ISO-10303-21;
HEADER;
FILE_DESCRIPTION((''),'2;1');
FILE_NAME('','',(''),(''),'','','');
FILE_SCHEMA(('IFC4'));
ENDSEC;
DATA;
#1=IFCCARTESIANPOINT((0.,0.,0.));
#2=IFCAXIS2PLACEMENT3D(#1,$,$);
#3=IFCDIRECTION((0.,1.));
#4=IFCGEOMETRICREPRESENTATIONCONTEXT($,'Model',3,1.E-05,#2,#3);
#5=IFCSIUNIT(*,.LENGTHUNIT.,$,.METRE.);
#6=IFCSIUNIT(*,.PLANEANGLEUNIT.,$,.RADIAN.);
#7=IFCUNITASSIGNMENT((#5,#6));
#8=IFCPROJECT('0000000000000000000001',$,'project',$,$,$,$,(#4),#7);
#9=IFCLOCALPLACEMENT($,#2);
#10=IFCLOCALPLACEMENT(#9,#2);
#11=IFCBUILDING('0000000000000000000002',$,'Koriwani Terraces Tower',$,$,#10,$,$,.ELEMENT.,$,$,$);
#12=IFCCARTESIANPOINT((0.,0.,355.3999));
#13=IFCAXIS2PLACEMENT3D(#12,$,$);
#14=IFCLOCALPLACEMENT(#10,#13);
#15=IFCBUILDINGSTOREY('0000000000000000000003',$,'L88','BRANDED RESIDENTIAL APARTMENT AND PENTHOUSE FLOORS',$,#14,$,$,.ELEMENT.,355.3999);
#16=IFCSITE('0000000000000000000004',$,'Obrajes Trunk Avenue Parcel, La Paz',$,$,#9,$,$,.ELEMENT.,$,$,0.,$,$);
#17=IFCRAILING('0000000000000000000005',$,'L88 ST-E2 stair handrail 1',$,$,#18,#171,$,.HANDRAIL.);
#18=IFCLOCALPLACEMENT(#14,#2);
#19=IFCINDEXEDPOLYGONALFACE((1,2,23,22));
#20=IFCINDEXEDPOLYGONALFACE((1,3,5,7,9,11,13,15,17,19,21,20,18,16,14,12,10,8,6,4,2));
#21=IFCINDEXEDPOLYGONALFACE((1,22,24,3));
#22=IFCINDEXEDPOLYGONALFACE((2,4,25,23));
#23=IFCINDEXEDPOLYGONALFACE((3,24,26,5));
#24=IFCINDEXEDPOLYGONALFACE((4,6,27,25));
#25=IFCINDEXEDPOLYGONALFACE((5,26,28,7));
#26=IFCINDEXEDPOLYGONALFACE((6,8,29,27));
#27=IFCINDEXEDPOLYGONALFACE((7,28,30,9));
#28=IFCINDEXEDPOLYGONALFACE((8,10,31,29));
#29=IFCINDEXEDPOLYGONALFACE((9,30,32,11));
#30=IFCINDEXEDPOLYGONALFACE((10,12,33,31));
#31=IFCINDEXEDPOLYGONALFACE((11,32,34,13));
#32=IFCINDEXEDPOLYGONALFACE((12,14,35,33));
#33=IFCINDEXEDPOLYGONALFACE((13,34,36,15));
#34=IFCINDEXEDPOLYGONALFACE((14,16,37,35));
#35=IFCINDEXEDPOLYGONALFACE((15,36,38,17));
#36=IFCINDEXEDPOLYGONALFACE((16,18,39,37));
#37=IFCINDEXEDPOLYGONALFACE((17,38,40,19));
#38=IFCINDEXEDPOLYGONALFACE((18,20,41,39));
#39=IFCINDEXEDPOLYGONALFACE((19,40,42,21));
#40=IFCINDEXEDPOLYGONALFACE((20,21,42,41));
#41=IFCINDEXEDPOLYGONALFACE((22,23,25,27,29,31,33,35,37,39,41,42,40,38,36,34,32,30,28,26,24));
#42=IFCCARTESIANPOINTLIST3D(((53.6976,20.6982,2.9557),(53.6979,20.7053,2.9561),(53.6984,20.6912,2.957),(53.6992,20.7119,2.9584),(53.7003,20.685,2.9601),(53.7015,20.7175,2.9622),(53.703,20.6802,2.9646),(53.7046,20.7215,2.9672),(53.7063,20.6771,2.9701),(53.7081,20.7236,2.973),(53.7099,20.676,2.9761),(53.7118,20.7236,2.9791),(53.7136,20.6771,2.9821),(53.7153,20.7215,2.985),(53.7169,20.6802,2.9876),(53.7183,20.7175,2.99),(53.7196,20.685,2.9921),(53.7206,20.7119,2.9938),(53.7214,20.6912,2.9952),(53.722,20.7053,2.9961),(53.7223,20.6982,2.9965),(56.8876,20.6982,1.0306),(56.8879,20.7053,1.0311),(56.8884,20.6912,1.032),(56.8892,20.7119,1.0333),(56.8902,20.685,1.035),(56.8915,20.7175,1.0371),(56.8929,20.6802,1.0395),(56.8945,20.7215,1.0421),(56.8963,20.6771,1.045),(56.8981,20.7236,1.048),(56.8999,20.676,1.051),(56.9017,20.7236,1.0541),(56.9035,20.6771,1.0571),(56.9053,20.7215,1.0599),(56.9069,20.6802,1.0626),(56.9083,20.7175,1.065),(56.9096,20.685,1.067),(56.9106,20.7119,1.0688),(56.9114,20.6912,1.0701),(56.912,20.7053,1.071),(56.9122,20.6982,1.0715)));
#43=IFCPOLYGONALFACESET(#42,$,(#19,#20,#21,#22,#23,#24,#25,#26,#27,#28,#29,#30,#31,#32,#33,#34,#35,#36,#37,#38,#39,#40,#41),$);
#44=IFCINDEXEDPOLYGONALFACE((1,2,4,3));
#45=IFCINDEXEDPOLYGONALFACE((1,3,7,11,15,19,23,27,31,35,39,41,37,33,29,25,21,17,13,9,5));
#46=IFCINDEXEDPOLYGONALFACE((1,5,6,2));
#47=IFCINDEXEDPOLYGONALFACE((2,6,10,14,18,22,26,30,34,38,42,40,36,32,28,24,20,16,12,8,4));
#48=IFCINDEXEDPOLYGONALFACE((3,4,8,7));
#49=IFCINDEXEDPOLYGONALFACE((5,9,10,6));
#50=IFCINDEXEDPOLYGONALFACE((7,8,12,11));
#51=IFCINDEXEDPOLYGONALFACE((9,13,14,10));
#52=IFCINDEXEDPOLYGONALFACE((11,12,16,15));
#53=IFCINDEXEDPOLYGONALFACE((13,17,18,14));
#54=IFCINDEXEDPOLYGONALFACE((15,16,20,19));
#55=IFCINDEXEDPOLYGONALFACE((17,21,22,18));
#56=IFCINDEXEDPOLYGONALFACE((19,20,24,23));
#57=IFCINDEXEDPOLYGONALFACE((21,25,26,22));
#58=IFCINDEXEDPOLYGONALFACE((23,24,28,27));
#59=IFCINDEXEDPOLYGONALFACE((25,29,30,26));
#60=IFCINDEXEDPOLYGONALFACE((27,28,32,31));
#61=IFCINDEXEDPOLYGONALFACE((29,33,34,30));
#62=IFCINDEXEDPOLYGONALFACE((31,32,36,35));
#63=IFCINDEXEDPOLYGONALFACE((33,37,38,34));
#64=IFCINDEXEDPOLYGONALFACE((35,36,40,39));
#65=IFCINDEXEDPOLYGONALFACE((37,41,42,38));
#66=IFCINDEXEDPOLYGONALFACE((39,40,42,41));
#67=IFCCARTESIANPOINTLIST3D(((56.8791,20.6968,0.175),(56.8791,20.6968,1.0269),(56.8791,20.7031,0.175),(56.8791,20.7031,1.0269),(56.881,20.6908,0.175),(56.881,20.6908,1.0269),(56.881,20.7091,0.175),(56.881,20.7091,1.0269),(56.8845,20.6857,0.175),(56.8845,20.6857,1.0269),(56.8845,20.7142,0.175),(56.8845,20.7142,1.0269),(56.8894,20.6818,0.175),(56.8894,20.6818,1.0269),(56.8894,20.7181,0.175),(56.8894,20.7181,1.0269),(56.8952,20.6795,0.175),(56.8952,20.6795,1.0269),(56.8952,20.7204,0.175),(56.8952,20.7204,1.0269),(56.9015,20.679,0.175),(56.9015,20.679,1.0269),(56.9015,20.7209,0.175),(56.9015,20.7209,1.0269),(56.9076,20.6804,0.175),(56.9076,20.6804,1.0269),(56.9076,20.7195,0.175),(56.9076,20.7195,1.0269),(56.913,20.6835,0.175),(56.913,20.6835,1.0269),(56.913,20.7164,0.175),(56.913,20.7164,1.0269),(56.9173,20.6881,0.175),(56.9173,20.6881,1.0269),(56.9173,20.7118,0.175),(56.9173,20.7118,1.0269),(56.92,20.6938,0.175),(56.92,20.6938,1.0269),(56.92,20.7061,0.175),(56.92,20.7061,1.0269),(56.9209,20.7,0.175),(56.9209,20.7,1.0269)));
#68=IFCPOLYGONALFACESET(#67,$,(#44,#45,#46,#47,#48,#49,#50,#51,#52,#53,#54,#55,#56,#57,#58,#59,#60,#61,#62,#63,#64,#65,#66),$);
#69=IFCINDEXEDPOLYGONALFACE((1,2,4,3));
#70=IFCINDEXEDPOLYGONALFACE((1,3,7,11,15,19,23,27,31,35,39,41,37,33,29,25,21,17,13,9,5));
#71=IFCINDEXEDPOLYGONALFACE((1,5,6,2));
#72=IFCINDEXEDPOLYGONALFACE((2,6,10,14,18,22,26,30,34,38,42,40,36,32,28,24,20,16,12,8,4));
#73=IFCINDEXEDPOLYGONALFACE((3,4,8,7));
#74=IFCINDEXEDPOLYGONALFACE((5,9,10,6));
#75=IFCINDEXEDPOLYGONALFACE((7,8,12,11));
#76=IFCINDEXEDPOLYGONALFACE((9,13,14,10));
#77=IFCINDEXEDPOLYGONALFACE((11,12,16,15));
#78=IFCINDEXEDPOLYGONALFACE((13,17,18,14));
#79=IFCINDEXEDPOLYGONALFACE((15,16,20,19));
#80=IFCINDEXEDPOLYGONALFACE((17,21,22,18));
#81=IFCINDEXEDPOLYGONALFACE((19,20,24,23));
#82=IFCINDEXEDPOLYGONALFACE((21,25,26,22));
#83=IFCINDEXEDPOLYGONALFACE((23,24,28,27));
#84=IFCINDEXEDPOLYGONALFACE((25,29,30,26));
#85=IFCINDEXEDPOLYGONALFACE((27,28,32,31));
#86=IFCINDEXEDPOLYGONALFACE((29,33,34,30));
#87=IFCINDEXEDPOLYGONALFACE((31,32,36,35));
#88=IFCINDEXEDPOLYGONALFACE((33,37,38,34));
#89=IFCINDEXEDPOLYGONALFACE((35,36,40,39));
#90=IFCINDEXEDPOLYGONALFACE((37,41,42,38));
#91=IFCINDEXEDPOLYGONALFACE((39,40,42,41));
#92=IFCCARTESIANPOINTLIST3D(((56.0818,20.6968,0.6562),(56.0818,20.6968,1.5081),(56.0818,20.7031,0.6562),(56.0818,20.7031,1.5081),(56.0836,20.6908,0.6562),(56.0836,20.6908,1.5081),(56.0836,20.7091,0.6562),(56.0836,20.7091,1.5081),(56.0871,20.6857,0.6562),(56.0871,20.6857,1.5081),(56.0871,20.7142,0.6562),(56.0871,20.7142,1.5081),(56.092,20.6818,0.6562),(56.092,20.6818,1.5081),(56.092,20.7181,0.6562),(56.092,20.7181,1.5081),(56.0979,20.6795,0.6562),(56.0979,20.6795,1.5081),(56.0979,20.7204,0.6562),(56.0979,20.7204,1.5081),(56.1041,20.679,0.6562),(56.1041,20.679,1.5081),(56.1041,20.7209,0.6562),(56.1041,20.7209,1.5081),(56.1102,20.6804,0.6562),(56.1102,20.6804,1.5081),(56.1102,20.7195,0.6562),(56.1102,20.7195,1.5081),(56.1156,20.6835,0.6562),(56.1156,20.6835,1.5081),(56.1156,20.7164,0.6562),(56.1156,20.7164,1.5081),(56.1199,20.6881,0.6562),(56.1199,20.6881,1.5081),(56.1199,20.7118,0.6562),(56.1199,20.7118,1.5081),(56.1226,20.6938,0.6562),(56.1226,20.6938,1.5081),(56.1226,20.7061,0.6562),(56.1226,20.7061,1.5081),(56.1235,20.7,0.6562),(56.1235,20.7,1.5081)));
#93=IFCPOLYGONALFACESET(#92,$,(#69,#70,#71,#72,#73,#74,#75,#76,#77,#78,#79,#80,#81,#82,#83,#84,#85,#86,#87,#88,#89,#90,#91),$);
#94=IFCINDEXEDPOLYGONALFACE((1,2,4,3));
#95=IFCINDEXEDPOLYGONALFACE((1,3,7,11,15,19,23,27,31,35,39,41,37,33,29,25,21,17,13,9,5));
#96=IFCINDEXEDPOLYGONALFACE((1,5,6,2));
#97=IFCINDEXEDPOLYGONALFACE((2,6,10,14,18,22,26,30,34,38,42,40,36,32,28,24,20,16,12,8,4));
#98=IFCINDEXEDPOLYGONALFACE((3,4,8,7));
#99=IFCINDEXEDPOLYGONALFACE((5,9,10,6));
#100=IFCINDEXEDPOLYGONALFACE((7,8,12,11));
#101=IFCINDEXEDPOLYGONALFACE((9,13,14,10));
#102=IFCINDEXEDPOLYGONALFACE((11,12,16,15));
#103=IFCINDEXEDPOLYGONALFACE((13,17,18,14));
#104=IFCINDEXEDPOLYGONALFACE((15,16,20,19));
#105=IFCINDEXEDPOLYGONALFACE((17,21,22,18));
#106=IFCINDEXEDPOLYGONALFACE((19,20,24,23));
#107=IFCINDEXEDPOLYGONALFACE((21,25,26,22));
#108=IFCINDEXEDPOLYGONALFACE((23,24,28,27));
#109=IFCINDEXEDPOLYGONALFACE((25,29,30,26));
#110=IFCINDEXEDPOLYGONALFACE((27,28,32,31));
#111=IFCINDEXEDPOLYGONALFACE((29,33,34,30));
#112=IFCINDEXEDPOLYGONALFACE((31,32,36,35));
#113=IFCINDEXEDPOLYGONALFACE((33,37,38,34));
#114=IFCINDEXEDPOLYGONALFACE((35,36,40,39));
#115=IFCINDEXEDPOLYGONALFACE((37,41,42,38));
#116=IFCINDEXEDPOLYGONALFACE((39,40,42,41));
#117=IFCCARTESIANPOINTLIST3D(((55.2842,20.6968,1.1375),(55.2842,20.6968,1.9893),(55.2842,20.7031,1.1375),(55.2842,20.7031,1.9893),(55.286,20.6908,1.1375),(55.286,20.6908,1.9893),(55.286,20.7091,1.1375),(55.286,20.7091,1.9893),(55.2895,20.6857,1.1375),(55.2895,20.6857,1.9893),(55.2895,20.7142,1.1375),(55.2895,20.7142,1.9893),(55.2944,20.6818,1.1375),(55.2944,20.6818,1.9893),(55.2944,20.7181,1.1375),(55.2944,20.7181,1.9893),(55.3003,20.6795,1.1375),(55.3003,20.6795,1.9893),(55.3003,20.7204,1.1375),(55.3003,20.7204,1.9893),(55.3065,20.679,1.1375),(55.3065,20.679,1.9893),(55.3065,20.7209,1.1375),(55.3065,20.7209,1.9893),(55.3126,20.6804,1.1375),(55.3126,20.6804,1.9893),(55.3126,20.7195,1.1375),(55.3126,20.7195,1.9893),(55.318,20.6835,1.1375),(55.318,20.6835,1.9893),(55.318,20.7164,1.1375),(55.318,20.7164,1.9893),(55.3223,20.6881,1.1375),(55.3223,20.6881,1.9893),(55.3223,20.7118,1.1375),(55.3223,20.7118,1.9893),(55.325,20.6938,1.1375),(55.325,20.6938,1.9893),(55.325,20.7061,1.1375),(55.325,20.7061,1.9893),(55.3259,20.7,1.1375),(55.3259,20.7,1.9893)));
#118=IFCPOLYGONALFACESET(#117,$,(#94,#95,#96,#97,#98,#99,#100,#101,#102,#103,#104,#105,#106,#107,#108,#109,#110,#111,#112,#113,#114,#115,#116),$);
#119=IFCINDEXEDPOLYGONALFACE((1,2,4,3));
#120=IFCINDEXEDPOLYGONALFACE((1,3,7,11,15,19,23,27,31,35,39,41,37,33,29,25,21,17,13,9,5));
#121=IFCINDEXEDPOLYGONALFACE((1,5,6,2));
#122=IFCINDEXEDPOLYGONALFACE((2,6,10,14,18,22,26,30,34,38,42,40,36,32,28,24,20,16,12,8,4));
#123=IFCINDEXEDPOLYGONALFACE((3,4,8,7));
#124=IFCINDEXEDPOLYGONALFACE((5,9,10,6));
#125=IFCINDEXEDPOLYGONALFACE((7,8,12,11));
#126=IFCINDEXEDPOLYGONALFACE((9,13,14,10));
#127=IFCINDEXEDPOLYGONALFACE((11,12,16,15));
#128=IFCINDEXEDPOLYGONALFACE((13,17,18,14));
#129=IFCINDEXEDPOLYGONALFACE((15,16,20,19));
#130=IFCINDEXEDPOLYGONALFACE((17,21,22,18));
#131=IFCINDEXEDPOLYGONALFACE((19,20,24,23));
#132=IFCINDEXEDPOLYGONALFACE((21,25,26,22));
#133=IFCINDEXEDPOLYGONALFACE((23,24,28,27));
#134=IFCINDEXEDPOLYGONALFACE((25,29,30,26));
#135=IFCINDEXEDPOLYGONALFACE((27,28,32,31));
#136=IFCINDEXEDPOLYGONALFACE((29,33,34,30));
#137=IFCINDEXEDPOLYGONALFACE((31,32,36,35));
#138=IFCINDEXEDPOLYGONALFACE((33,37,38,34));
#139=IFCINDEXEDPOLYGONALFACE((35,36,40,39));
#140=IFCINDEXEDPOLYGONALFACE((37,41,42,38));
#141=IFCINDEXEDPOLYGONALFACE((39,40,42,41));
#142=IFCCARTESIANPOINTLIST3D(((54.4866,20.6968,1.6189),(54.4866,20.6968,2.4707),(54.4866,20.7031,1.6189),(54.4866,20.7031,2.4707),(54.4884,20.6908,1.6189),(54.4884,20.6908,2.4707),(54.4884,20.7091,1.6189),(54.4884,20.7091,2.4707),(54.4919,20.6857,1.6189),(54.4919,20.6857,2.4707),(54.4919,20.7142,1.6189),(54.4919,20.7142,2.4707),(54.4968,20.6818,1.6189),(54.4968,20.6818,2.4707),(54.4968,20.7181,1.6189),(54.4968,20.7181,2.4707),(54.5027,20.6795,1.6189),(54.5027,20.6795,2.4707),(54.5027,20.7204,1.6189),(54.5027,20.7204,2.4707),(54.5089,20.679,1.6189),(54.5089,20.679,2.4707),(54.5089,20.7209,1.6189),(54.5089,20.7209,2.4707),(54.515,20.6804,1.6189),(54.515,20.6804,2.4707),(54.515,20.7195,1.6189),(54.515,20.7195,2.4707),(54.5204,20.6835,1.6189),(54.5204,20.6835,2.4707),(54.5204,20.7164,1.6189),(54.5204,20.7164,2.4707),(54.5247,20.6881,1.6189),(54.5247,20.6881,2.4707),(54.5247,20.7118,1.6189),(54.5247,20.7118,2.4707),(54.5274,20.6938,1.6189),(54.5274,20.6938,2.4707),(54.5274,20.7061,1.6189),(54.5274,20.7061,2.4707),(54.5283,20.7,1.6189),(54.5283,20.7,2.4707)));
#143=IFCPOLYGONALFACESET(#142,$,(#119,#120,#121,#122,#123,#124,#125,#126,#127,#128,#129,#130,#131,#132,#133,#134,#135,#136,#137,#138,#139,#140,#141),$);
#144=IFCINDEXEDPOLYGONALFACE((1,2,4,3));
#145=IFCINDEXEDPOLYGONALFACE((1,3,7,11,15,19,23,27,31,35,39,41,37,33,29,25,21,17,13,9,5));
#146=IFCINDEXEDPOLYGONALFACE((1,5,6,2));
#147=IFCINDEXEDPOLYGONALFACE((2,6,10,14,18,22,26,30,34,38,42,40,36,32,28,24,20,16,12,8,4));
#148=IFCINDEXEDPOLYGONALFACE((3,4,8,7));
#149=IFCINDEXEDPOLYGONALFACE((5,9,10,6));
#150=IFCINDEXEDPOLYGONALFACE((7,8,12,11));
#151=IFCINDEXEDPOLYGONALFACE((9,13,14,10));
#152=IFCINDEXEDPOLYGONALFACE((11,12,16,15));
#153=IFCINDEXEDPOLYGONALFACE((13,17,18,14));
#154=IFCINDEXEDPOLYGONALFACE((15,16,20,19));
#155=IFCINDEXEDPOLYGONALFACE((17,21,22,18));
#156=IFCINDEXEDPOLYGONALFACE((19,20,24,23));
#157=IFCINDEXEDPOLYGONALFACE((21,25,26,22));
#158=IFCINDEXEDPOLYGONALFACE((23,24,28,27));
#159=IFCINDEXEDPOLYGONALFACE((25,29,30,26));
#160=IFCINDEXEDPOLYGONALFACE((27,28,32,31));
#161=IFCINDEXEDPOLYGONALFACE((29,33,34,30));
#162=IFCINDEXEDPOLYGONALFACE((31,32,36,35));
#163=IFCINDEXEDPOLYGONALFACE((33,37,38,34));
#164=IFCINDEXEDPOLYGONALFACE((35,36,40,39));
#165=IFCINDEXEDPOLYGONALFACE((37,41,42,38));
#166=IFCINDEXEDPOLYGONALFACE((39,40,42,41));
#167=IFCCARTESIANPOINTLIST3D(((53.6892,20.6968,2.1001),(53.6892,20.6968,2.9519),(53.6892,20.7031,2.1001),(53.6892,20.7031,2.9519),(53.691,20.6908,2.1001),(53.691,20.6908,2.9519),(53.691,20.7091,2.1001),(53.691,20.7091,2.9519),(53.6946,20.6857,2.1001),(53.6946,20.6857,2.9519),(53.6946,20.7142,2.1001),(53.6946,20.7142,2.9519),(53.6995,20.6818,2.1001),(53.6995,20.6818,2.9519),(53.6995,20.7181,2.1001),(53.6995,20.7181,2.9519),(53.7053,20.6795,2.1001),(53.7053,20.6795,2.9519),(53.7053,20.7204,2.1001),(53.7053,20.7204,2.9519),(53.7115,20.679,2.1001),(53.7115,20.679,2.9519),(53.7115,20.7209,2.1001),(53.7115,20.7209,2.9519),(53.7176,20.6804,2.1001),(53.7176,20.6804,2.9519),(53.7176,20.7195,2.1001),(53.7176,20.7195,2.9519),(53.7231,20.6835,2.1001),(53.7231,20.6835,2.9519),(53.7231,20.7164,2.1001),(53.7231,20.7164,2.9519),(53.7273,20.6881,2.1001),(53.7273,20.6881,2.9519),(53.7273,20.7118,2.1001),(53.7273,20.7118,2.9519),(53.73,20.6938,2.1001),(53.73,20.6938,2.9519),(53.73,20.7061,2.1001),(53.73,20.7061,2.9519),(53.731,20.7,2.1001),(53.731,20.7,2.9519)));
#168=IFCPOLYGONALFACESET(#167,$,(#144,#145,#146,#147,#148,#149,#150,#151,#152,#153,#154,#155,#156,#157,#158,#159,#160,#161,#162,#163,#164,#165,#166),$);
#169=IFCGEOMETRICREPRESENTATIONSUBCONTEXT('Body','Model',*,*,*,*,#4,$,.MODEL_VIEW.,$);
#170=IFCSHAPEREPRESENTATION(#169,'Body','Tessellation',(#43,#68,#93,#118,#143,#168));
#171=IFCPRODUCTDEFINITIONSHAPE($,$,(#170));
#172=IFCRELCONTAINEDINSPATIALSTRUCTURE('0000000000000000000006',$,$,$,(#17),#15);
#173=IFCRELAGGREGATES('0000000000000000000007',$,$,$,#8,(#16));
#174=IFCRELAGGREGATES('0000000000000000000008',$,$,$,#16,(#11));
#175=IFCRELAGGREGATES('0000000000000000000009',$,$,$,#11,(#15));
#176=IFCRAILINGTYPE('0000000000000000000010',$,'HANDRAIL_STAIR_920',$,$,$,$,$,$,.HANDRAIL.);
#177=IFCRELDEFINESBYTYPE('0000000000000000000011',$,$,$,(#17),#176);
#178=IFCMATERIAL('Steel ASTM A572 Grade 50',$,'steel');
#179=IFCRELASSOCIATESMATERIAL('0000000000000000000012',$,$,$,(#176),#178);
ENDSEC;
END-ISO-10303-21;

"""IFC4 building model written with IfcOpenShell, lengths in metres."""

from ifc_helpers import new_model, si_unit, direction, frame, origin, origin_2d, place, context, subcontext, project, spatial, circle, extrude, material, type_object, element, save


model = new_model("IFC4")

# Units and contexts
model_context = context("Model", 3, precision=1e-05, world=origin(), true_north=direction((0.0, 1.0)))
body_context = subcontext(model_context, "Body", "Model", "MODEL_VIEW")
ifc_project = project(units=[si_unit("LENGTHUNIT", "METRE"), si_unit("PLANEANGLEUNIT", "RADIAN")], contexts=[model_context])

# Site, building, storey
site_placement = place(None, origin())
site = spatial("IfcSite", under=ifc_project, at=site_placement, Name="Obrajes Trunk Avenue Parcel, La Paz", CompositionType="ELEMENT", RefElevation=0.0)
building_placement = place(site_placement, origin())
building = spatial("IfcBuilding", under=site, at=building_placement, Name="Koriwani Terraces Tower", CompositionType="ELEMENT")
storey_placement = place(building_placement, frame((0.0, 0.0, 355.3999)))
storey = spatial("IfcBuildingStorey", under=building, at=storey_placement, Name="L88", Description="BRANDED RESIDENTIAL APARTMENT AND PENTHOUSE FLOORS", CompositionType="ELEMENT", Elevation=355.3999)

# Shared definitions
ifc_material_1 = material(Name="Steel ASTM A572 Grade 50", Category="steel")

# Railing
railing_type_1 = type_object("IfcRailingType", Name="HANDRAIL_STAIR_920", PredefinedType="HANDRAIL", material=ifc_material_1)
for number, where, name in (
    (1, (56.8999, 20.7, 0.175), "L88 ST-E2 stair handrail 1"),
):
    element("IfcRailing", number, at=place(storey_placement, frame(where)), inside=storey, type_object=railing_type_1, Name=name, PredefinedType="HANDRAIL", context=body_context, shape_type="SweptSolid", body=[
        extrude(circle(Radius=0.0239, at=origin_2d()), frame((0.0, 0.0, 0.876), z_axis=(-0.856178, 0.0, 0.516682), x_axis=(0.0, -1.0, 0.0)), (0.0, 0.0, 1.0), 3.7258),
        extrude(circle(Radius=0.021, at=origin_2d()), origin(), (0.0, 0.0, 1.0), 0.8518),
        extrude(circle(Radius=0.021, at=origin_2d()), frame((-0.7974, 0.0, 0.4812)), (0.0, 0.0, 1.0), 0.8518),
        extrude(circle(Radius=0.021, at=origin_2d()), frame((-1.595, 0.0, 0.9624)), (0.0, 0.0, 1.0), 0.8518),
        extrude(circle(Radius=0.021, at=origin_2d()), frame((-2.3926, 0.0, 1.4438)), (0.0, 0.0, 1.0), 0.8518),
        extrude(circle(Radius=0.021, at=origin_2d()), frame((-3.1899, 0.0, 1.925)), (0.0, 0.0, 1.0), 0.8518),
    ])

save(model, "model.ifc")
